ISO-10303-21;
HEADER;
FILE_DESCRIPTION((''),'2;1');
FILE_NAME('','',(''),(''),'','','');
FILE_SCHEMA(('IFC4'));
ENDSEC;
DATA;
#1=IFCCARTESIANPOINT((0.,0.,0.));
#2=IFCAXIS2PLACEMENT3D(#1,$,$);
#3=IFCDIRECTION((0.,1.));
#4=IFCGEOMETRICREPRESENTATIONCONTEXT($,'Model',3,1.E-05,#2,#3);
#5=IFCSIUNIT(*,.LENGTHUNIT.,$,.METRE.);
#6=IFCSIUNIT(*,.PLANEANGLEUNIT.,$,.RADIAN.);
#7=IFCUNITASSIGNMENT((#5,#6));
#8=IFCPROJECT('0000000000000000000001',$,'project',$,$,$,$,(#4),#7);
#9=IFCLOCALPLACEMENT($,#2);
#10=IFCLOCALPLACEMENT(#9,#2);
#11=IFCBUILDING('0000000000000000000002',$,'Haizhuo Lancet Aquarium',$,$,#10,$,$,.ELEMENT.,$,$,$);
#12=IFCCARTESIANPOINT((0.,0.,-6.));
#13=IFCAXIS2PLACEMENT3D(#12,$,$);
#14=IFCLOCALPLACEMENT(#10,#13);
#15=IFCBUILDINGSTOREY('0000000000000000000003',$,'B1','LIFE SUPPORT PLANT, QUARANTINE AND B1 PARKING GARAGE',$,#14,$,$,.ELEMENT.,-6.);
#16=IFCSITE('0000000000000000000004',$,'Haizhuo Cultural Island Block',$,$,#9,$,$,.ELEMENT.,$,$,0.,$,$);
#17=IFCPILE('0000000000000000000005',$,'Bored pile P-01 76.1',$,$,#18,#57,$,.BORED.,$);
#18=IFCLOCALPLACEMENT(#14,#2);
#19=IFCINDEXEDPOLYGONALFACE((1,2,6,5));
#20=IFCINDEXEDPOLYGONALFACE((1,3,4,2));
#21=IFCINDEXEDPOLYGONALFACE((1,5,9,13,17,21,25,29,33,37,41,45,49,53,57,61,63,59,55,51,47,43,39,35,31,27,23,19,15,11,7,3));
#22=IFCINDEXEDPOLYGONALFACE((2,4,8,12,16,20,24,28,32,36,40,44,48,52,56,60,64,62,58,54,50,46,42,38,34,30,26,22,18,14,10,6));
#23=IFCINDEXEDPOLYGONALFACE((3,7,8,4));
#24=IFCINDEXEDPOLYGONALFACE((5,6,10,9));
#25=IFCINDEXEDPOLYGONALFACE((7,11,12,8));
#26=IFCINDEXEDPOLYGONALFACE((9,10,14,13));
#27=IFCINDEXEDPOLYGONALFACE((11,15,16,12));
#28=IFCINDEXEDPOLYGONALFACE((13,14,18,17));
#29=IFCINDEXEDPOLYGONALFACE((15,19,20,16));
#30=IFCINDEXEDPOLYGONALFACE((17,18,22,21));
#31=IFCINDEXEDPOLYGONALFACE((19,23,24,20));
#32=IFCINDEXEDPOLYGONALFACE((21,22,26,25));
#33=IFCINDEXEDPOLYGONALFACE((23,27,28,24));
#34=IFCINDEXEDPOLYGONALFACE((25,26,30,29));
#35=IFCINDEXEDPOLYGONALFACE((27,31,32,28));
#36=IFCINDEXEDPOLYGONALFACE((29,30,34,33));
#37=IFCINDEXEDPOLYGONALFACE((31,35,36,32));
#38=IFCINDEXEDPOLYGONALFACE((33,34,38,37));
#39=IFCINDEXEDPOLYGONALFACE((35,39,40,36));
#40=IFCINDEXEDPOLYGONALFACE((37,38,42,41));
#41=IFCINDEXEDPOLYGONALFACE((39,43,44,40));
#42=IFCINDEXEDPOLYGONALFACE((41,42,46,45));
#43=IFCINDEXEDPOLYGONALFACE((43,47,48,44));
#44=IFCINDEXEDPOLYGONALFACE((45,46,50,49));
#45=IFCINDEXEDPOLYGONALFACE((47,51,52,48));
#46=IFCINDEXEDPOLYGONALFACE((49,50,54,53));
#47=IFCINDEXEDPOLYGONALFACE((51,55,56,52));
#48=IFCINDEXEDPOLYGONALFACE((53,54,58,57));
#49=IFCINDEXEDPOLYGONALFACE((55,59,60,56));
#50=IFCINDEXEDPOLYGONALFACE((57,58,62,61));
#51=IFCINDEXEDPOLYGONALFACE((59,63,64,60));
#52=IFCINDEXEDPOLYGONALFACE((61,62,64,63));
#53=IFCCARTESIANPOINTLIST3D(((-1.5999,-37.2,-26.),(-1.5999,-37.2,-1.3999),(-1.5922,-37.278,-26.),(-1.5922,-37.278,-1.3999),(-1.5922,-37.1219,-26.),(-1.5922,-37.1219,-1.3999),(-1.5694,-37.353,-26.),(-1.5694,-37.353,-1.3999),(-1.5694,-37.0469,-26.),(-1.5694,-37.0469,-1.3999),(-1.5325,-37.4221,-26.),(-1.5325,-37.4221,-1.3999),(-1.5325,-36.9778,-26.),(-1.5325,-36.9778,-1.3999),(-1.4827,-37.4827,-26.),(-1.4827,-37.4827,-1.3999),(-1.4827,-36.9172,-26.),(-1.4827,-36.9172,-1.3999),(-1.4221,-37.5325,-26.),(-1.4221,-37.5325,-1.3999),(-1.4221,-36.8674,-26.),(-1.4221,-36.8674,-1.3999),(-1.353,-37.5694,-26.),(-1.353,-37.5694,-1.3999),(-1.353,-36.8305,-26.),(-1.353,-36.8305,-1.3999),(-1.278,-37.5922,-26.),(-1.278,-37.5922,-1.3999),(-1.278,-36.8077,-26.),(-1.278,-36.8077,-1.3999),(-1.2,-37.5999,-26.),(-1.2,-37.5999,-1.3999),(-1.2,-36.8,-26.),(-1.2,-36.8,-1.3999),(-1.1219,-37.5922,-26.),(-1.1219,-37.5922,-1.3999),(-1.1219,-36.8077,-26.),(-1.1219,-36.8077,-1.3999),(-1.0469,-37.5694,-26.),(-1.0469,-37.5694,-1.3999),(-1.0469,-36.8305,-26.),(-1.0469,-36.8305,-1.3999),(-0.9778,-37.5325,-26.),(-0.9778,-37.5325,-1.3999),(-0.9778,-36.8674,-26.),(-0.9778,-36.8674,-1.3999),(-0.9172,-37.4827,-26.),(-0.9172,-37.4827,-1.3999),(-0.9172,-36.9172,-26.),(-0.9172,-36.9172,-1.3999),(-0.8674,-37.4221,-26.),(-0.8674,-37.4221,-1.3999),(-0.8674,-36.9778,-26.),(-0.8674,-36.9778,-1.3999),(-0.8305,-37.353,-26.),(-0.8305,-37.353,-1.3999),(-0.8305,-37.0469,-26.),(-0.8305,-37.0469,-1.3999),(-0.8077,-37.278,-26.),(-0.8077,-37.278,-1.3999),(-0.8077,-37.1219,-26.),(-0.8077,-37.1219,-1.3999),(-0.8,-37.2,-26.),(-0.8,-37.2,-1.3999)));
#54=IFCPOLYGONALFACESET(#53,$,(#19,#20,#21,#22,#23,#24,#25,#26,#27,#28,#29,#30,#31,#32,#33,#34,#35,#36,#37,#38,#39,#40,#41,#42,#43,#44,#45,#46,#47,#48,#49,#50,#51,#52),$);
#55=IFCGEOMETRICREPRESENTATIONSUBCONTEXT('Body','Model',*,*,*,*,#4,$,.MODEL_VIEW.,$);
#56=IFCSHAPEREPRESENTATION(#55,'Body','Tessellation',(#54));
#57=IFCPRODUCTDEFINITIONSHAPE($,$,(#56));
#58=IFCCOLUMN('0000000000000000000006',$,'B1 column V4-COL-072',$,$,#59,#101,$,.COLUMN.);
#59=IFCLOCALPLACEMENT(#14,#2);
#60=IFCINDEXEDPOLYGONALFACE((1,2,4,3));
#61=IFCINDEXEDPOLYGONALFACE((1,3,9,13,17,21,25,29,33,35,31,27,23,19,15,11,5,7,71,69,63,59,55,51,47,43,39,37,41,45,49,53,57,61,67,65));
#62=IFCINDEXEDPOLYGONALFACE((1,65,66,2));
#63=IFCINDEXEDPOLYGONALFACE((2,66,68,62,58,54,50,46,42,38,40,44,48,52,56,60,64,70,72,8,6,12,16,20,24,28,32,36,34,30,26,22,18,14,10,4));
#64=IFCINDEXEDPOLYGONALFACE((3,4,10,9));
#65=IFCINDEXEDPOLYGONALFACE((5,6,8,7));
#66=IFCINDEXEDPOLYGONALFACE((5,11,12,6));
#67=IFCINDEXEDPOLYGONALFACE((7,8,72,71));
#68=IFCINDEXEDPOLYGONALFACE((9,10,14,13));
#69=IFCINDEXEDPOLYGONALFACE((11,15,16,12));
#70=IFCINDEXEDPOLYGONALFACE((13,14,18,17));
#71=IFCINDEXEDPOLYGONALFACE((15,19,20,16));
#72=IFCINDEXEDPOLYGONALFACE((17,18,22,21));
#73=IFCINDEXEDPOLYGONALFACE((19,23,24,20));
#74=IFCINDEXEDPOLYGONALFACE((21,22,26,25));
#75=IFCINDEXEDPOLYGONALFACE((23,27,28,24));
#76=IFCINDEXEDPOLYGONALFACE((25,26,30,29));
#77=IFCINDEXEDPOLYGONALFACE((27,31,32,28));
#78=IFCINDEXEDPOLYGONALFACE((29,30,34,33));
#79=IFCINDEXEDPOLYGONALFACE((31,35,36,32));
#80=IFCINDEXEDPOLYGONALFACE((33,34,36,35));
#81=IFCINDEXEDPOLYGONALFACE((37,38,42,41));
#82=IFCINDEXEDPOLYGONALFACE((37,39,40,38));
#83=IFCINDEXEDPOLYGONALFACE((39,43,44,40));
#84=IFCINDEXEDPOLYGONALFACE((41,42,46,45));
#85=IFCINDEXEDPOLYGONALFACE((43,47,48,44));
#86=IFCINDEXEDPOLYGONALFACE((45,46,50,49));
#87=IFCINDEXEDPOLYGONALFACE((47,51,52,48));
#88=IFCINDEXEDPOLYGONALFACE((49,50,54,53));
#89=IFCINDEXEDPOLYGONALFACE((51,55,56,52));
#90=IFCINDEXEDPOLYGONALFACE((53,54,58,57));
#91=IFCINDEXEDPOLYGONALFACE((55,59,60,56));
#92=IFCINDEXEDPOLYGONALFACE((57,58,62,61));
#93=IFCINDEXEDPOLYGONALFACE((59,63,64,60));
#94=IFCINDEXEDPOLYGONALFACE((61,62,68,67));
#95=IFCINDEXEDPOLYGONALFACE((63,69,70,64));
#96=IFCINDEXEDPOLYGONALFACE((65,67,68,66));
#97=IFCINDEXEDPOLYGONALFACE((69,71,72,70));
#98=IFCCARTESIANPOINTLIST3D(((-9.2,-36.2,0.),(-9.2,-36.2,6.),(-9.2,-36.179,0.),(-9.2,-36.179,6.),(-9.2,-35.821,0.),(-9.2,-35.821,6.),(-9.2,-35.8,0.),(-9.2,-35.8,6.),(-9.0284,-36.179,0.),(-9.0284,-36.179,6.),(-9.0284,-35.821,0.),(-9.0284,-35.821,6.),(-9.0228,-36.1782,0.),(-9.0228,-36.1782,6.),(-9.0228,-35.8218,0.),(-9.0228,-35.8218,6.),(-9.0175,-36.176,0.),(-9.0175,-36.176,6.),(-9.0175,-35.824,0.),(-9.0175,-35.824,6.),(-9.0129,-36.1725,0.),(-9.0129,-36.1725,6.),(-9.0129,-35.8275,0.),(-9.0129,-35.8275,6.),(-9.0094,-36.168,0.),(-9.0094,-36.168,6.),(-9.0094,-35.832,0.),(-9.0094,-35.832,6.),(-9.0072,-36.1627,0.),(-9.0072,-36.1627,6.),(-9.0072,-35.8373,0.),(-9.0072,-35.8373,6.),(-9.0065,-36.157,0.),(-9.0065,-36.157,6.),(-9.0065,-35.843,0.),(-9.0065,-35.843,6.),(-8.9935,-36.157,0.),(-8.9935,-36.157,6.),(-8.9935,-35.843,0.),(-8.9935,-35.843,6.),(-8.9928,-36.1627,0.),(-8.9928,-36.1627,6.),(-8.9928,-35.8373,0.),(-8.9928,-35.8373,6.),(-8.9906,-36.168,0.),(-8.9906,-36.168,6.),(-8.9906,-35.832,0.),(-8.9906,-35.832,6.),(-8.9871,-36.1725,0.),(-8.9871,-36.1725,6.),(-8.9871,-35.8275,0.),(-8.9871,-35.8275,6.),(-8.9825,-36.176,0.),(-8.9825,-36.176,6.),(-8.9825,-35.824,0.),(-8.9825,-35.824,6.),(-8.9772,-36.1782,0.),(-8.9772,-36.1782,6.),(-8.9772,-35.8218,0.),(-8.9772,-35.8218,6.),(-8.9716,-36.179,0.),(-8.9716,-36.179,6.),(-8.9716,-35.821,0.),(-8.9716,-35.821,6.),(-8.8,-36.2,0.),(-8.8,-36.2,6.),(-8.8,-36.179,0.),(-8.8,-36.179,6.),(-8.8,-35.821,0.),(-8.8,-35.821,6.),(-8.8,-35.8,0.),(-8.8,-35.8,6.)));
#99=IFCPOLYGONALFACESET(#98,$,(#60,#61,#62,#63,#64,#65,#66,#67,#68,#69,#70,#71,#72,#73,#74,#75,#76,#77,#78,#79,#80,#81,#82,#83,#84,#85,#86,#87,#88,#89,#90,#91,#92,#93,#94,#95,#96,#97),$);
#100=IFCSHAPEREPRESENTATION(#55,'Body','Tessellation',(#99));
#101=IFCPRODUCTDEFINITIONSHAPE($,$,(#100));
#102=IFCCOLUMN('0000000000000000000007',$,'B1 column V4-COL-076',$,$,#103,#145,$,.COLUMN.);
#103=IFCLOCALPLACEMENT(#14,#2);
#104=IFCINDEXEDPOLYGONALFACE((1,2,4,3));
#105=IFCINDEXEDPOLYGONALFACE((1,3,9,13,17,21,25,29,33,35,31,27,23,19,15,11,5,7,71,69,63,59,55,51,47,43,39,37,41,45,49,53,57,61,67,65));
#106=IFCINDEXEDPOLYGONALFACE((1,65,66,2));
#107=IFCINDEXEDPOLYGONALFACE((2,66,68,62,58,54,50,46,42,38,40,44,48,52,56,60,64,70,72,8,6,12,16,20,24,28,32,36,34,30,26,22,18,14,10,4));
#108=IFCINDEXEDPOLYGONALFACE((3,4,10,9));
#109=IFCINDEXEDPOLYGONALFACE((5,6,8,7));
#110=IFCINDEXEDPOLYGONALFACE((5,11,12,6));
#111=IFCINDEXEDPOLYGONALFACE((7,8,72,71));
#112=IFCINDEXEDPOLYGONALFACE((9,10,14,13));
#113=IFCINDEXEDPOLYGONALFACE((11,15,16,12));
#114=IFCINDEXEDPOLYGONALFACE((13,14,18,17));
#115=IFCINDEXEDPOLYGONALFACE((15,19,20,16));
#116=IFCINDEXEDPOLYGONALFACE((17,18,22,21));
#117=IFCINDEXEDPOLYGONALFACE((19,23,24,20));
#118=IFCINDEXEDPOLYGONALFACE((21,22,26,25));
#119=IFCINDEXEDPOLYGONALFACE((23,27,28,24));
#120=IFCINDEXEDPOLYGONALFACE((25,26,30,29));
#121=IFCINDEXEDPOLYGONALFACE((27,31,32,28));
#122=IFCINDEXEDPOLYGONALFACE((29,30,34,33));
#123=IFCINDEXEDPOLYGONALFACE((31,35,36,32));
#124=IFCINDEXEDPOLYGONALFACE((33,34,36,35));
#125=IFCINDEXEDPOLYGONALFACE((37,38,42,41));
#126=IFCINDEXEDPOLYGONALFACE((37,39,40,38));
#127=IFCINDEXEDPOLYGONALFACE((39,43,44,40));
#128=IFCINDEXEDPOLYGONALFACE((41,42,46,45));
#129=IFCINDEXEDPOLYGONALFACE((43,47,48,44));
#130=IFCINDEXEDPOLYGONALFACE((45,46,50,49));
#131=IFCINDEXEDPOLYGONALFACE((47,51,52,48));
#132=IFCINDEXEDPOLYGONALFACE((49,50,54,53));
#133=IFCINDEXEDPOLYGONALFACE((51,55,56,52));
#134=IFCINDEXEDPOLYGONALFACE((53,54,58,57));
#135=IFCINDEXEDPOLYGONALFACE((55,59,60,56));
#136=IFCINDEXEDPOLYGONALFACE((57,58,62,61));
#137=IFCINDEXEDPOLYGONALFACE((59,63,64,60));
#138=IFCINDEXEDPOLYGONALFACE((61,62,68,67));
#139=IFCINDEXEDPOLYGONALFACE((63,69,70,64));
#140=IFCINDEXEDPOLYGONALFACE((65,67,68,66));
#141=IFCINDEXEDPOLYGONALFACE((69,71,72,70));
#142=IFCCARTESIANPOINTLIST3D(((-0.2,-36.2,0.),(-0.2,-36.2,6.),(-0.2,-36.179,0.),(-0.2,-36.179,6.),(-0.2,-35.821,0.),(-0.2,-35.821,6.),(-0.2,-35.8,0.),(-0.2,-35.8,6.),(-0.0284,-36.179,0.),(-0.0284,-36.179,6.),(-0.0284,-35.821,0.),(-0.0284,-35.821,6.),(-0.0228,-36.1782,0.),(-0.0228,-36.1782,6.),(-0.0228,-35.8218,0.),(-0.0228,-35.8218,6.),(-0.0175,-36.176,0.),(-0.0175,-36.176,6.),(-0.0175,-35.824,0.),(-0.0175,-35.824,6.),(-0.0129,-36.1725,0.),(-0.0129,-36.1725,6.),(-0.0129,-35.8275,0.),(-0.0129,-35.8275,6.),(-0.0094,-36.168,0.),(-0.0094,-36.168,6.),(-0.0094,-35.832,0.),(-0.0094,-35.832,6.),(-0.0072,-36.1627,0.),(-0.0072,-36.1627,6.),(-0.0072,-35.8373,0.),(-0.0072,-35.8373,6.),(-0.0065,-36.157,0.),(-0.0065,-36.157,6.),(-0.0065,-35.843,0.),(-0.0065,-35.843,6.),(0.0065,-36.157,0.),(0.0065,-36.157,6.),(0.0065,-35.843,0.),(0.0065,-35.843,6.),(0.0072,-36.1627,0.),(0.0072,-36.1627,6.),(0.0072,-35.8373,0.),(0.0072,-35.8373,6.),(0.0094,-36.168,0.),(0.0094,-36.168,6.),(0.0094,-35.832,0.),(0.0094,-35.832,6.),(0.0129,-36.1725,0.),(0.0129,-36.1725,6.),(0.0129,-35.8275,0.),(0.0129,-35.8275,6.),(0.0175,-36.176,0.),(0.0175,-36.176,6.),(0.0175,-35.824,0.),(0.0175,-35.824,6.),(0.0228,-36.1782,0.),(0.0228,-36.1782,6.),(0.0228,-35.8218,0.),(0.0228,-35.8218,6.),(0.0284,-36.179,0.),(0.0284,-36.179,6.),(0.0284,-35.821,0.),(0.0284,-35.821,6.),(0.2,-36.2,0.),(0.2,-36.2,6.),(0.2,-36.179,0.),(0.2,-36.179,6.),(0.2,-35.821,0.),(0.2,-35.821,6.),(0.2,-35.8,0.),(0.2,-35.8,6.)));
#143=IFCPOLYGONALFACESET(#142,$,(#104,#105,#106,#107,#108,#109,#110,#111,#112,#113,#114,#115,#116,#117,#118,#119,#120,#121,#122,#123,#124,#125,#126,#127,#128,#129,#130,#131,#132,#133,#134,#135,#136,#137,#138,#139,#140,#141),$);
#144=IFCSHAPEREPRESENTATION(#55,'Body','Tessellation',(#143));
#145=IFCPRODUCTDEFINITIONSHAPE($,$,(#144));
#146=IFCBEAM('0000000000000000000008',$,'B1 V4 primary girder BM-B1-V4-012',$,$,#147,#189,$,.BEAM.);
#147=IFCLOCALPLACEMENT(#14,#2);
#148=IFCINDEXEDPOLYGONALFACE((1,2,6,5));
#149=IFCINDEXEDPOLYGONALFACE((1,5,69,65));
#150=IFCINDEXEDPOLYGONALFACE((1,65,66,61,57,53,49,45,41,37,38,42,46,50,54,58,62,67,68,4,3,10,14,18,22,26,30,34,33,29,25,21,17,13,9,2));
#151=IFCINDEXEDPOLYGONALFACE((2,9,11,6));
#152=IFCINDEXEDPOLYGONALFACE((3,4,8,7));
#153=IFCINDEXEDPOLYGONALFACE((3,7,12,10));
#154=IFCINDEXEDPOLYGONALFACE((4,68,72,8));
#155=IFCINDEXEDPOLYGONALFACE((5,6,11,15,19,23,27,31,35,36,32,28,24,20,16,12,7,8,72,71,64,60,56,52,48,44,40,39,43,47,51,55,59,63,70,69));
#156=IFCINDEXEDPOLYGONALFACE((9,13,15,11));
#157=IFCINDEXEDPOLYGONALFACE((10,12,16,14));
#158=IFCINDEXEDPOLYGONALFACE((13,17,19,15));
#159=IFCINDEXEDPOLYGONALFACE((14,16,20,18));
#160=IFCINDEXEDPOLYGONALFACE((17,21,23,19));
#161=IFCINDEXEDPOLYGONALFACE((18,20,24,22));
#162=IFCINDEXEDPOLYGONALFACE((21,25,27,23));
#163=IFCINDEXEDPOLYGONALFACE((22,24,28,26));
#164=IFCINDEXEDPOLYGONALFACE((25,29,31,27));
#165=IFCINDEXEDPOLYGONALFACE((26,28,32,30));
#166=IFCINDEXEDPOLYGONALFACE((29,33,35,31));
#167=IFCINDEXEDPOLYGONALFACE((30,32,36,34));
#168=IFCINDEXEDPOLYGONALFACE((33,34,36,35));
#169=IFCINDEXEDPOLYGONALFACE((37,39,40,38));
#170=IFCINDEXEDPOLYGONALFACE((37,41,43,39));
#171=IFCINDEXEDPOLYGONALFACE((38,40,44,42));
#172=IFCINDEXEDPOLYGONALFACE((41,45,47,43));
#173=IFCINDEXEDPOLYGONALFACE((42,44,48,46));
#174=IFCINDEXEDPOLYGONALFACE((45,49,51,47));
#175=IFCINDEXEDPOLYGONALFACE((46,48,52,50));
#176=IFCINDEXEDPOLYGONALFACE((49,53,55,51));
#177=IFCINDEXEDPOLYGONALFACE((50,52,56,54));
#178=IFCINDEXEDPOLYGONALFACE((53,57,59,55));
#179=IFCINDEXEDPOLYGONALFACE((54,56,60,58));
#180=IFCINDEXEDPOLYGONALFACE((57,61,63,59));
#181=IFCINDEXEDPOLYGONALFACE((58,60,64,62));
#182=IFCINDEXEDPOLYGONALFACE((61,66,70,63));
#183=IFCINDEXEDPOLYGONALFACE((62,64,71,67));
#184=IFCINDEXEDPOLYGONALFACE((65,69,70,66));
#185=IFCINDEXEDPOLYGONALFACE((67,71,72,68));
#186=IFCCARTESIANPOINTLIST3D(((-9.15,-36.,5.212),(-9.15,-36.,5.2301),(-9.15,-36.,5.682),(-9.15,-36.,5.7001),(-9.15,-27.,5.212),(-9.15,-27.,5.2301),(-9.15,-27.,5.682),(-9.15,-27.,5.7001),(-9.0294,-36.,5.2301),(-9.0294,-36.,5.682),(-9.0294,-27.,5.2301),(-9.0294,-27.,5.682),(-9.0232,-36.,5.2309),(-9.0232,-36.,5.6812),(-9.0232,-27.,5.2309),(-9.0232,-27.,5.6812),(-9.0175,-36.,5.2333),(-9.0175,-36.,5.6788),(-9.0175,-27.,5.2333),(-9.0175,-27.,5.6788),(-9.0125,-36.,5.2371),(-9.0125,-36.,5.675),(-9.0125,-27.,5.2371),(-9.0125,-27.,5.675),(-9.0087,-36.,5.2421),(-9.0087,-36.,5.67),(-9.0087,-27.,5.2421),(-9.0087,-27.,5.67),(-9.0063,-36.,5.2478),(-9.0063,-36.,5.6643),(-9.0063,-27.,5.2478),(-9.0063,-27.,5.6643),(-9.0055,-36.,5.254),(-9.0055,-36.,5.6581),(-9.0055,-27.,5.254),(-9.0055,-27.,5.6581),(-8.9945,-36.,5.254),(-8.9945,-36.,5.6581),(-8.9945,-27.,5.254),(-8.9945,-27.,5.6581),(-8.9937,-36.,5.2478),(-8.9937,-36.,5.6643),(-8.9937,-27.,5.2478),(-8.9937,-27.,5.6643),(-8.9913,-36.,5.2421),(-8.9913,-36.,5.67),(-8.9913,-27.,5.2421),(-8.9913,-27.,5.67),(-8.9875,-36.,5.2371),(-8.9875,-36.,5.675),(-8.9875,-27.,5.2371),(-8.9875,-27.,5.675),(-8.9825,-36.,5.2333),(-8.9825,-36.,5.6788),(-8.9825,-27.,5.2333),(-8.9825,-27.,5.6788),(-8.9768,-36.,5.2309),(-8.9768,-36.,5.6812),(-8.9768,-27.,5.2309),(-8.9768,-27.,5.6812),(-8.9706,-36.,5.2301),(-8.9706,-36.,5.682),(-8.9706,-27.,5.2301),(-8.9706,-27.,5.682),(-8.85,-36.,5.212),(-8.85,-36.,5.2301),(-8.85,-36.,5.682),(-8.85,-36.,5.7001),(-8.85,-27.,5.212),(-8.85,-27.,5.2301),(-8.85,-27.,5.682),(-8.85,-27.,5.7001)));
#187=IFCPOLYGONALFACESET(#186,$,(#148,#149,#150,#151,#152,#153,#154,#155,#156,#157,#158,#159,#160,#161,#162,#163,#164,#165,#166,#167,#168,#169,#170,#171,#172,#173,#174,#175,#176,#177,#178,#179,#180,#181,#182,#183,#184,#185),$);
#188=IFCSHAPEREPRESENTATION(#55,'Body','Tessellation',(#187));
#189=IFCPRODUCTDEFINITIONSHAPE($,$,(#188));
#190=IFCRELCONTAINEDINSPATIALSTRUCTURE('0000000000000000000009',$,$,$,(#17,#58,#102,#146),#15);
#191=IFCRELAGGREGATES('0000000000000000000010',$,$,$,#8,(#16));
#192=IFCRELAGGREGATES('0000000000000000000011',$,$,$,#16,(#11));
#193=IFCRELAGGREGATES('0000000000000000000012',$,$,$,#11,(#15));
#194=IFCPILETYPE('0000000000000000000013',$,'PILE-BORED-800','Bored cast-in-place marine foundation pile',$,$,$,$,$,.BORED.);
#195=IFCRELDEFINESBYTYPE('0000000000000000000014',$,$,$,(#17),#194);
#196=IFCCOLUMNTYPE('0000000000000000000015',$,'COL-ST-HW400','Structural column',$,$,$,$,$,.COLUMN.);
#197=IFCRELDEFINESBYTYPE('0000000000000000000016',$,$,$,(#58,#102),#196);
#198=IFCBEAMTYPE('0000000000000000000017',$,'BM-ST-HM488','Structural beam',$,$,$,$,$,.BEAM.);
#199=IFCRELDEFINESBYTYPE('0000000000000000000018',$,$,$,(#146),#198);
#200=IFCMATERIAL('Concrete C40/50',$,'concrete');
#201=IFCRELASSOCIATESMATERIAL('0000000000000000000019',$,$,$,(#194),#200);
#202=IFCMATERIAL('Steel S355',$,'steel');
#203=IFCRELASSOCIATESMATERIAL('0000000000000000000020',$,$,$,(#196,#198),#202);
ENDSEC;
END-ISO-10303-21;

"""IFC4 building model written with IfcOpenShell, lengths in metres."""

from ifc_helpers import new_model, si_unit, direction, frame, origin, origin_2d, place, context, subcontext, project, spatial, circle, i_section, extrude, material, material_profile, profile_set, type_object, element, save


model = new_model("IFC4")

# Units and contexts
model_context = context("Model", 3, precision=1e-05, world=origin(), true_north=direction((0.0, 1.0)))
body_context = subcontext(model_context, "Body", "Model", "MODEL_VIEW")
ifc_project = project(units=[si_unit("LENGTHUNIT", "METRE"), si_unit("PLANEANGLEUNIT", "RADIAN")], contexts=[model_context])

# Site, building, storey
site_placement = place(None, origin())
site = spatial("IfcSite", under=ifc_project, at=site_placement, Name="Haizhuo Cultural Island Block", CompositionType="ELEMENT", RefElevation=0.0)
building_placement = place(site_placement, origin())
building = spatial("IfcBuilding", under=site, at=building_placement, Name="Haizhuo Lancet Aquarium", CompositionType="ELEMENT")
storey_placement = place(building_placement, frame((0.0, 0.0, -6.0)))
storey = spatial("IfcBuildingStorey", under=building, at=storey_placement, Name="B1", Description="LIFE SUPPORT PLANT, QUARANTINE AND B1 PARKING GARAGE", CompositionType="ELEMENT", Elevation=-6.0)

# Shared definitions
ifc_material_1 = material(Name="Concrete C40/50", Category="concrete")

# Pile
ifc_material_profile_1 = material_profile(ifc_material_1, circle(Radius=0.3999, at=origin_2d()), Name="PILE-800")
ifc_profile_set_1 = profile_set([ifc_material_profile_1], Name="Concrete C40/50")
pile_type = type_object("IfcPileType", Name="PILE-BORED-800", Description="Bored cast-in-place marine foundation pile", PredefinedType="BORED", material=ifc_profile_set_1)
pile_1_placement = place(storey_placement, frame((-1.2, -37.2, -1.3999), z_axis=(0.0, 0.0, -1.0), x_axis=(1.0, 0.0, 0.0)))
element("IfcPile", 1, at=pile_1_placement, inside=storey, type_object=pile_type, Name="Bored pile P-01 76.1", PredefinedType="BORED", context=body_context, shape_type="SweptSolid", body=[
    extrude(circle(Radius=0.3999, at=origin_2d()), origin(), (0.0, 0.0, 1.0), 24.6001),
])

# Columns
ifc_material_2 = material(Name="Steel S355", Category="steel")
ifc_material_profile_2 = material_profile(ifc_material_2, i_section(OverallWidth=0.3999, OverallDepth=0.3999, WebThickness=0.0129, FlangeThickness=0.021, FilletRadius=0.022, at=origin_2d()), Name="HW 400x400x13x21")
ifc_profile_set_2 = profile_set([ifc_material_profile_2], Name="Steel S355")
column_type = type_object("IfcColumnType", Name="COL-ST-HW400", Description="Structural column", PredefinedType="COLUMN", material=ifc_profile_set_2)
for number, where, z_axis, x_axis, name in (
    (2, (-9.0, -36.0, 0.0), (0.0, 0.0, 1.0), (1.0, 0.0, 0.0), "B1 column V4-COL-072"),
    (3, (0.0, -36.0, 0.0), (0.0, 0.0, 1.0), (1.0, 0.0, 0.0), "B1 column V4-COL-076"),
):
    element("IfcColumn", number, at=place(storey_placement, frame(where, z_axis=z_axis, x_axis=x_axis)), inside=storey, type_object=column_type, Name=name, PredefinedType="COLUMN", context=body_context, shape_type="SweptSolid", body=[
        extrude(i_section(OverallWidth=0.3999, OverallDepth=0.3999, WebThickness=0.0129, FlangeThickness=0.021, FilletRadius=0.022, at=origin_2d()), origin(), (0.0, 0.0, 1.0), 6.0),
    ])

# Beam
ifc_material_profile_3 = material_profile(ifc_material_2, i_section(OverallWidth=0.3, OverallDepth=0.488, WebThickness=0.011, FlangeThickness=0.0181, FilletRadius=0.0239, at=origin_2d()), Name="HM 488x300x11x18")
ifc_profile_set_3 = profile_set([ifc_material_profile_3], Name="Steel S355")
beam_type_1 = type_object("IfcBeamType", Name="BM-ST-HM488", Description="Structural beam", PredefinedType="BEAM", material=ifc_profile_set_3)
for number, where, z_axis, x_axis, name in (
    (4, (-9.0, -36.0, 5.4561), (0.0, 1.0, 0.0), (-1.0, 0.0, 0.0), "B1 V4 primary girder BM-B1-V4-012"),
):
    element("IfcBeam", number, at=place(storey_placement, frame(where, z_axis=z_axis, x_axis=x_axis)), inside=storey, type_object=beam_type_1, Name=name, PredefinedType="BEAM", context=body_context, shape_type="SweptSolid", body=[
        extrude(i_section(OverallWidth=0.3, OverallDepth=0.488, WebThickness=0.011, FlangeThickness=0.0181, FilletRadius=0.0239, at=origin_2d()), origin(), (0.0, 0.0, 1.0), 9.0),
    ])

save(model, "model.ifc")
